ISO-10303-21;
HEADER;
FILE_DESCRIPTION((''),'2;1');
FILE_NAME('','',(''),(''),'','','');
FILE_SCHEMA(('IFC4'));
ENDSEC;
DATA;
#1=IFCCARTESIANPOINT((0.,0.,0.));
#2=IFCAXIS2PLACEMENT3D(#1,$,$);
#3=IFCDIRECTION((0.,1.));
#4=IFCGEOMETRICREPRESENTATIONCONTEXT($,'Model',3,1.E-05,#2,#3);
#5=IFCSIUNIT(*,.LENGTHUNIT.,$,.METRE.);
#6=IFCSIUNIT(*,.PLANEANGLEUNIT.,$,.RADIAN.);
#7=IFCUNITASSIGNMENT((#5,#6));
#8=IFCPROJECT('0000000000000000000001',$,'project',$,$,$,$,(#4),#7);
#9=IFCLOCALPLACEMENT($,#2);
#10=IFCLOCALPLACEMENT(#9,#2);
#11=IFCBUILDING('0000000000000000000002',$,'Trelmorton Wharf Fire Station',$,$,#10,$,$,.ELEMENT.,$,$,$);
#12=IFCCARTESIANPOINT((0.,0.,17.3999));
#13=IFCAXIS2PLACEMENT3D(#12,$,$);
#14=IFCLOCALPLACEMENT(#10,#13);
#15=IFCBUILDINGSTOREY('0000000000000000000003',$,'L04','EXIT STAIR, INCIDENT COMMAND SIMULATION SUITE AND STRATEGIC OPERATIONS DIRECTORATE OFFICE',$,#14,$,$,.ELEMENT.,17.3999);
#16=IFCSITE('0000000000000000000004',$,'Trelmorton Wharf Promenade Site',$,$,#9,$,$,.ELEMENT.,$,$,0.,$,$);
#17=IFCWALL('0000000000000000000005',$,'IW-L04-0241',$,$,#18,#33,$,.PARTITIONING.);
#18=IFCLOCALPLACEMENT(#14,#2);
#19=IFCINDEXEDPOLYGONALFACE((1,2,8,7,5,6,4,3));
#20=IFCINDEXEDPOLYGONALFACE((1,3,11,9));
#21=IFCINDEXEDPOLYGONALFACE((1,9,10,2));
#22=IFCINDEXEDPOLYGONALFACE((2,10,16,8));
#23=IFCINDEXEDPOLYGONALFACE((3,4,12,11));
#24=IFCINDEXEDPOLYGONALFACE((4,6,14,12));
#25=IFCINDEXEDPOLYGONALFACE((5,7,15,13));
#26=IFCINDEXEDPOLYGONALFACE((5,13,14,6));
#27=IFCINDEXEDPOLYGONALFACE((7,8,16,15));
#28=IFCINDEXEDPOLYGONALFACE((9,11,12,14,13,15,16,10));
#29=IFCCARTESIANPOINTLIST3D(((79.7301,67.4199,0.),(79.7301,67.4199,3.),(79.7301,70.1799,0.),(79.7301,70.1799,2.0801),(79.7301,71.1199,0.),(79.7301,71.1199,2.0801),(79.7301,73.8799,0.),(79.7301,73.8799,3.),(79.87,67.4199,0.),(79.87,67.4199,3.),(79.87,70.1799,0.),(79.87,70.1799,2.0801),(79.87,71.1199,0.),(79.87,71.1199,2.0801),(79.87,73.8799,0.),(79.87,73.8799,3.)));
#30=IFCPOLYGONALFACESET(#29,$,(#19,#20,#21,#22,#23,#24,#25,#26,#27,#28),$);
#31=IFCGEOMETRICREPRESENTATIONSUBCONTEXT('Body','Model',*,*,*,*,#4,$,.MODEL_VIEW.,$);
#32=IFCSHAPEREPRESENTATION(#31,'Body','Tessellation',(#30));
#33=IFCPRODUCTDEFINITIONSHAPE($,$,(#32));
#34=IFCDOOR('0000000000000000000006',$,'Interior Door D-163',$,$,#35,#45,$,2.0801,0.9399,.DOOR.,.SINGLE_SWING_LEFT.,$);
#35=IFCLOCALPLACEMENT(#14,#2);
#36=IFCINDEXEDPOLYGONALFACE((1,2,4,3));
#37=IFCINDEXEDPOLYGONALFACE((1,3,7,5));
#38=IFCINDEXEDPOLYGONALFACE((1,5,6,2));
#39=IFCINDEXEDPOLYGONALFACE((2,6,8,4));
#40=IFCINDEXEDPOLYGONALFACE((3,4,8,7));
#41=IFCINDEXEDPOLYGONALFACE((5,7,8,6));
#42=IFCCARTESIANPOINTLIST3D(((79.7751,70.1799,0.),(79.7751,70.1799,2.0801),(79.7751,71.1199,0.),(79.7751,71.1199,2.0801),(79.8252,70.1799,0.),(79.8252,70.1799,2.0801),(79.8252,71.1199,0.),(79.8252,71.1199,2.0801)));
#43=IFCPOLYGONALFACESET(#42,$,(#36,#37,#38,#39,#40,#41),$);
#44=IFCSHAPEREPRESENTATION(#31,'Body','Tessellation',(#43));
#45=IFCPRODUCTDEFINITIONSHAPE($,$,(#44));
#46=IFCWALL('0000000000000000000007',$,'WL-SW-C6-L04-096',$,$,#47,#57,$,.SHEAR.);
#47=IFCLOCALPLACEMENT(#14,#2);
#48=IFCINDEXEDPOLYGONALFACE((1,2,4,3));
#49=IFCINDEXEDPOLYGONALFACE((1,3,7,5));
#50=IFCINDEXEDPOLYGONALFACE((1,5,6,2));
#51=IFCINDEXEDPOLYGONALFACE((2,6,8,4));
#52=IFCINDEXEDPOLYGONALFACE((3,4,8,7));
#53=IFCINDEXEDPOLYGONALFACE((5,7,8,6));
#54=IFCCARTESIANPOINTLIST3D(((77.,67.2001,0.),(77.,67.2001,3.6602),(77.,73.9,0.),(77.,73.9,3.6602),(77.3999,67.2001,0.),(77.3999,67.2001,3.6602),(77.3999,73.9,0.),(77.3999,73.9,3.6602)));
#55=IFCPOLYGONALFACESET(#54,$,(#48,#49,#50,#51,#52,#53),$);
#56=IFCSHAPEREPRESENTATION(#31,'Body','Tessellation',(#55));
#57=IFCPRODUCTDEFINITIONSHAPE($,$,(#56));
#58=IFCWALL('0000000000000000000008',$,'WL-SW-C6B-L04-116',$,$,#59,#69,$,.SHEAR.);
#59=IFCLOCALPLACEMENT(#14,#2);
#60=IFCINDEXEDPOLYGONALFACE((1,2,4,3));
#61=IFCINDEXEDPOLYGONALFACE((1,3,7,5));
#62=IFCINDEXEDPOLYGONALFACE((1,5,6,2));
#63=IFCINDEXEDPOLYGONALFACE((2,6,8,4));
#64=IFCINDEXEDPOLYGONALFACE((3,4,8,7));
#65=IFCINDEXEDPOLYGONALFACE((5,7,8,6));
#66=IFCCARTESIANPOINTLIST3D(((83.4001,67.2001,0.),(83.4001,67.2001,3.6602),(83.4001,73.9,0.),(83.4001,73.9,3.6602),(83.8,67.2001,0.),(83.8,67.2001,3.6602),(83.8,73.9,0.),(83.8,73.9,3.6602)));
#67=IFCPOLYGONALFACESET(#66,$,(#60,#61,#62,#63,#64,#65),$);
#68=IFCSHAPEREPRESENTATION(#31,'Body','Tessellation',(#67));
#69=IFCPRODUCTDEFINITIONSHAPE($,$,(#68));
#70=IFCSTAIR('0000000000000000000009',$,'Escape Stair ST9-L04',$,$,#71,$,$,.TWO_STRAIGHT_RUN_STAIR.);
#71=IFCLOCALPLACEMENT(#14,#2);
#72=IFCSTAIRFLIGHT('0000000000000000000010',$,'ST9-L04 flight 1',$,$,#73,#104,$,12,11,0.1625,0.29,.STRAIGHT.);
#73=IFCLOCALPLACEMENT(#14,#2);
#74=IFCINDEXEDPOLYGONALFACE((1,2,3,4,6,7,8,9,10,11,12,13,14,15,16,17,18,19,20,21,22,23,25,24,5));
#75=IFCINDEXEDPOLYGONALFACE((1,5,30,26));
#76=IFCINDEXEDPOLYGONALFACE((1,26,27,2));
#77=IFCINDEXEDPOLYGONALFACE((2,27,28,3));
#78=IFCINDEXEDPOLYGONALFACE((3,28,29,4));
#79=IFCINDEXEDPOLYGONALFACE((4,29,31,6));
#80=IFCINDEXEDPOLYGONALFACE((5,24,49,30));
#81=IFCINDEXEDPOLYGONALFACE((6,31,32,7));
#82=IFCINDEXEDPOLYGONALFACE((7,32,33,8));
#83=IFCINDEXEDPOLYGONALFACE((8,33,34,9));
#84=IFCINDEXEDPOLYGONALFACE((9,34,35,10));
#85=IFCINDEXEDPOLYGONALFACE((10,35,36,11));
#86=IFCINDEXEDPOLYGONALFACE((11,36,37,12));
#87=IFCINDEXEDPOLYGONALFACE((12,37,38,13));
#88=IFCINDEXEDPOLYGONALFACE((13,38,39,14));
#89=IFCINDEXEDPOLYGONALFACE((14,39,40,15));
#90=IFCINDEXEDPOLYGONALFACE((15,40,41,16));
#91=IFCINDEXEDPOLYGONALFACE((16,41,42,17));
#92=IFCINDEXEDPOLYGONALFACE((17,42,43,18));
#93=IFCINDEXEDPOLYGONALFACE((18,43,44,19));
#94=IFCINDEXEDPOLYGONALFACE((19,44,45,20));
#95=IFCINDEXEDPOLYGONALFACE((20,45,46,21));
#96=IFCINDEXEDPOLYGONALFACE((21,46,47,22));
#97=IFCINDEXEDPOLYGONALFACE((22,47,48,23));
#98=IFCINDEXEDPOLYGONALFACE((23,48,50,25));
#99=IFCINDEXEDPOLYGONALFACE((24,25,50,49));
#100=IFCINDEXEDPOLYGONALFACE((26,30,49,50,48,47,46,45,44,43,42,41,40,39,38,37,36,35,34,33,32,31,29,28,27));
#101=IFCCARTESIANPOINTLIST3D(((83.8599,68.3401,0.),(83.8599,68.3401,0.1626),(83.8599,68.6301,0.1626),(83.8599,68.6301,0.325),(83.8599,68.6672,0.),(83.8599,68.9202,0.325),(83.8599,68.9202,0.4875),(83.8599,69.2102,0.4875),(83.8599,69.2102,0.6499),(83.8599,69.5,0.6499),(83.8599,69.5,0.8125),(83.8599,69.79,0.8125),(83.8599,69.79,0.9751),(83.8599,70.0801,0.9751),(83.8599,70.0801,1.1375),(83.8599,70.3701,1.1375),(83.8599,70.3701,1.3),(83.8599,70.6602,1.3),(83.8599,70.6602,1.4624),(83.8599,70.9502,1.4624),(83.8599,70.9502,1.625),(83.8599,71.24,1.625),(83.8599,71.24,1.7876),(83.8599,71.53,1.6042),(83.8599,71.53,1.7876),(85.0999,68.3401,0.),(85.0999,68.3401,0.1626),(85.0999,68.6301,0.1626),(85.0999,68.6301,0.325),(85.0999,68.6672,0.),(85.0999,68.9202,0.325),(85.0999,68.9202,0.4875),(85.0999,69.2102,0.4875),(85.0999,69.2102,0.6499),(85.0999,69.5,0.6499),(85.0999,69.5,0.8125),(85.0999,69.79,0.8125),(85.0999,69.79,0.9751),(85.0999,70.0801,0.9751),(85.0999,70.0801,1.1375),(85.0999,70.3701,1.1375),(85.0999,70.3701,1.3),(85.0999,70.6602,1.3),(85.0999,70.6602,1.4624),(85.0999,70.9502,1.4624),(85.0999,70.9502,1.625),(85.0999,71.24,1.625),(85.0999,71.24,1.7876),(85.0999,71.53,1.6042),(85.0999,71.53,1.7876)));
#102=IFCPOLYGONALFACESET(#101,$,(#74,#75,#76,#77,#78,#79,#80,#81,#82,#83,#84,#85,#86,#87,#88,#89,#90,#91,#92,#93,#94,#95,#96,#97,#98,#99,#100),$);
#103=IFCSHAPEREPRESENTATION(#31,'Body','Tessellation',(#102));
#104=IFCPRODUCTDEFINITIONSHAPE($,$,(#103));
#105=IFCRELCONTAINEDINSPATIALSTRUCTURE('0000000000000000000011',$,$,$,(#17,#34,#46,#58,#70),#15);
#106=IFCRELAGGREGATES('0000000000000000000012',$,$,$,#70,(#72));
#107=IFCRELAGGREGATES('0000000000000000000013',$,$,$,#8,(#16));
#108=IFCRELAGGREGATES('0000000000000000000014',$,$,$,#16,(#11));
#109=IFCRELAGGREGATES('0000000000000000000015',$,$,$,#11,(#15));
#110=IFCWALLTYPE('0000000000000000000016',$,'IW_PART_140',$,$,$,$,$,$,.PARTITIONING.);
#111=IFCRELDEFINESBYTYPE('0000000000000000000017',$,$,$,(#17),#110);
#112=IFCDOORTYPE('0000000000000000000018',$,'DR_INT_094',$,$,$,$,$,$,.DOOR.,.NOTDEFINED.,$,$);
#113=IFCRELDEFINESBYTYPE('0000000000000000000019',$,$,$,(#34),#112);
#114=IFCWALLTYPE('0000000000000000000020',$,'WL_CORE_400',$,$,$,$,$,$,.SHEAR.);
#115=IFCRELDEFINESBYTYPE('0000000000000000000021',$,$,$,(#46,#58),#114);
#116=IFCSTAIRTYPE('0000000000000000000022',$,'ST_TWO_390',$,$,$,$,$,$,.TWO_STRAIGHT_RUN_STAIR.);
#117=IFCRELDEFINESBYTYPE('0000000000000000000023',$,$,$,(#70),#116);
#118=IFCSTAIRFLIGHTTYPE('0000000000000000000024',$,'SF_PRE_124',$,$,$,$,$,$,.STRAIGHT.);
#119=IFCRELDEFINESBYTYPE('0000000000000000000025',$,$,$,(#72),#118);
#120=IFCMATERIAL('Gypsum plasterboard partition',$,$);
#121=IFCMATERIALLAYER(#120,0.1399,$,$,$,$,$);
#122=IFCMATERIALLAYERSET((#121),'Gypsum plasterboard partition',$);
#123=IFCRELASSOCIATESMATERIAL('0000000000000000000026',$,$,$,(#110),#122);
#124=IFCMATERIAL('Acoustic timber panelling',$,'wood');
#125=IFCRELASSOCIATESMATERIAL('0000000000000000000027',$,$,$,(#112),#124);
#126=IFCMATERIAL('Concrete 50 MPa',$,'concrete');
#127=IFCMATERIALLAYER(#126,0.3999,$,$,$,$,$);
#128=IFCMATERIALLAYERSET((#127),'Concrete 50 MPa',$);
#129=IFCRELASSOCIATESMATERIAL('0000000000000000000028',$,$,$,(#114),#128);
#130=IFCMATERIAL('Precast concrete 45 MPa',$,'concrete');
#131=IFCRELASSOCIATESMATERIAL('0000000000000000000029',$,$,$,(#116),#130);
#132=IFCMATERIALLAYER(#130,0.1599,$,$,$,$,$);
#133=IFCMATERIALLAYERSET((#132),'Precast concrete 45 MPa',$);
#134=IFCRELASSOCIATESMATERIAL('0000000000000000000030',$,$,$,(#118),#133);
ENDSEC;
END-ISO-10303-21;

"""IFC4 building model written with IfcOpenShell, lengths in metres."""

from ifc_helpers import new_model, si_unit, direction, frame, frame_2d, origin, place, context, subcontext, project, spatial, polyline, rectangle, outline, extrude, material, layer, layer_set, type_object, element, fill, aggregate, save


model = new_model("IFC4")

# Units and contexts
model_context = context("Model", 3, precision=1e-05, world=origin(), true_north=direction((0.0, 1.0)))
body_context = subcontext(model_context, "Body", "Model", "MODEL_VIEW")
ifc_project = project(units=[si_unit("LENGTHUNIT", "METRE"), si_unit("PLANEANGLEUNIT", "RADIAN")], contexts=[model_context])

# Site, building, storey
site_placement = place(None, origin())
site = spatial("IfcSite", under=ifc_project, at=site_placement, Name="Trelmorton Wharf Promenade Site", CompositionType="ELEMENT", RefElevation=0.0)
building_placement = place(site_placement, origin())
building = spatial("IfcBuilding", under=site, at=building_placement, Name="Trelmorton Wharf Fire Station", CompositionType="ELEMENT")
storey_placement = place(building_placement, frame((0.0, 0.0, 17.3999)))
storey = spatial("IfcBuildingStorey", under=building, at=storey_placement, Name="L04", Description="EXIT STAIR, INCIDENT COMMAND SIMULATION SUITE AND STRATEGIC OPERATIONS DIRECTORATE OFFICE", CompositionType="ELEMENT", Elevation=17.3999)

# Shared definitions
ifc_material_1 = material(Name="Gypsum plasterboard partition")
ifc_material_2 = material(Name="Acoustic timber panelling", Category="wood")

# Wall, opening, door
ifc_layer_1 = layer(ifc_material_1, 0.1399)
ifc_layer_set_1 = layer_set([ifc_layer_1], Name="Gypsum plasterboard partition")
wall_type_1 = type_object("IfcWallType", Name="IW_PART_140", PredefinedType="PARTITIONING", material=ifc_layer_set_1)
wall_1_placement = place(storey_placement, frame((79.8, 67.4199, 0.0), z_axis=(0.0, 0.0, 1.0), x_axis=(0.0, 1.0, 0.0)))
wall_1 = element("IfcWall", 1, at=wall_1_placement, inside=storey, type_object=wall_type_1, Name="IW-L04-0241", PredefinedType="PARTITIONING", context=body_context, shape_type="SweptSolid", body=[
    extrude(rectangle(XDim=6.46, YDim=0.1399, at=frame_2d((3.23, 0.0))), origin(), (0.0, 0.0, 1.0), 3.0),
])
opening_1_placement = place(wall_1_placement, frame((2.76, 0.0, 0.0)))
opening_1 = element("IfcOpeningElement", 2, at=opening_1_placement, cuts=wall_1, PredefinedType="OPENING", context=body_context, shape_type="SweptSolid", body=[
    extrude(rectangle(XDim=0.9399, YDim=2.0801, at=frame_2d((0.47, 1.04))), frame((0.0, 0.0801, 0.0), z_axis=(0.0, -1.0, 0.0), x_axis=(1.0, 0.0, 0.0)), (0.0, 0.0, 1.0), 0.1599),
])
door_type_1 = type_object("IfcDoorType", Name="DR_INT_094", OperationType="NOTDEFINED", PredefinedType="DOOR", material=ifc_material_2)
door_1_placement = place(opening_1_placement, origin())
door_1 = element("IfcDoor", 3, at=door_1_placement, inside=storey, type_object=door_type_1, Name="Interior Door D-163", OperationType="SINGLE_SWING_LEFT", OverallHeight=2.0801, OverallWidth=0.9399, PredefinedType="DOOR", context=body_context, shape_type="SweptSolid", body=[
    extrude(rectangle(XDim=0.9399, YDim=2.0801, at=frame_2d((0.47, 1.04))), frame((0.0, 0.0249, 0.0), z_axis=(0.0, -1.0, 0.0), x_axis=(1.0, 0.0, 0.0)), (0.0, 0.0, 1.0), 0.05),
])
fill(opening_1, door_1)

# Walls
ifc_material_3 = material(Name="Concrete 50 MPa", Category="concrete")
ifc_layer_2 = layer(ifc_material_3, 0.3999)
ifc_layer_set_2 = layer_set([ifc_layer_2], Name="Concrete 50 MPa")
wall_type_2 = type_object("IfcWallType", Name="WL_CORE_400", PredefinedType="SHEAR", material=ifc_layer_set_2)
for number, where, z_axis, x_axis, name in (
    (4, (77.2, 67.2, 0.0), (0.0, 0.0, 1.0), (0.0, 1.0, 0.0), "WL-SW-C6-L04-096"),
    (5, (83.6001, 67.2, 0.0), (0.0, 0.0, 1.0), (0.0, 1.0, 0.0), "WL-SW-C6B-L04-116"),
):
    element("IfcWall", number, at=place(storey_placement, frame(where, z_axis=z_axis, x_axis=x_axis)), inside=storey, type_object=wall_type_2, Name=name, PredefinedType="SHEAR", context=body_context, shape_type="SweptSolid", body=[
        extrude(rectangle(XDim=6.7, YDim=0.3999, at=frame_2d((3.3501, 0.0))), origin(), (0.0, 0.0, 1.0), 3.6602),
    ])

# Stair, stair flight
ifc_material_4 = material(Name="Precast concrete 45 MPa", Category="concrete")
stair_type = type_object("IfcStairType", Name="ST_TWO_390", PredefinedType="TWO_STRAIGHT_RUN_STAIR", material=ifc_material_4)
stair_placement = place(storey_placement, origin())
stair = element("IfcStair", 6, at=stair_placement, inside=storey, type_object=stair_type, Name="Escape Stair ST9-L04", PredefinedType="TWO_STRAIGHT_RUN_STAIR")
ifc_layer_3 = layer(ifc_material_4, 0.1599)
ifc_layer_set_3 = layer_set([ifc_layer_3], Name="Precast concrete 45 MPa")
stair_flight_type = type_object("IfcStairFlightType", Name="SF_PRE_124", PredefinedType="STRAIGHT", material=ifc_layer_set_3)
stair_flight_placement = place(storey_placement, frame((84.48, 68.3401, 0.0), z_axis=(0.0, 0.0, 1.0), x_axis=(0.0, 1.0, 0.0)))
stair_flight = element("IfcStairFlight", 7, at=stair_flight_placement, type_object=stair_flight_type, Name="ST9-L04 flight 1", NumberOfRisers=12, NumberOfTreads=11, PredefinedType="STRAIGHT", RiserHeight=0.1625, TreadLength=0.29, context=body_context, shape_type="SweptSolid", body=[
    extrude(outline(polyline([(0.0, 0.0), (0.0, 0.1626), (0.29, 0.1626), (0.29, 0.325), (0.5801, 0.325), (0.5801, 0.4875), (0.8701, 0.4875), (0.8701, 0.6499), (1.1599, 0.6499), (1.1599, 0.8125), (1.45, 0.8125), (1.45, 0.9751), (1.74, 0.9751), (1.74, 1.1375), (2.03, 1.1375), (2.03, 1.3), (2.3201, 1.3), (2.3201, 1.4624), (2.6101, 1.4624), (2.6101, 1.625), (2.8999, 1.625), (2.8999, 1.7876), (3.1899, 1.7876), (3.1899, 1.95), (3.1899, 1.6042), (0.3271, 0.0), (0.0, 0.0)])), frame((0.0, 0.6201, 0.0), z_axis=(0.0, -1.0, 0.0), x_axis=(1.0, 0.0, 0.0)), (0.0, 0.0, 1.0), 1.24),
])
aggregate(stair, [stair_flight])

save(model, "model.ifc")
